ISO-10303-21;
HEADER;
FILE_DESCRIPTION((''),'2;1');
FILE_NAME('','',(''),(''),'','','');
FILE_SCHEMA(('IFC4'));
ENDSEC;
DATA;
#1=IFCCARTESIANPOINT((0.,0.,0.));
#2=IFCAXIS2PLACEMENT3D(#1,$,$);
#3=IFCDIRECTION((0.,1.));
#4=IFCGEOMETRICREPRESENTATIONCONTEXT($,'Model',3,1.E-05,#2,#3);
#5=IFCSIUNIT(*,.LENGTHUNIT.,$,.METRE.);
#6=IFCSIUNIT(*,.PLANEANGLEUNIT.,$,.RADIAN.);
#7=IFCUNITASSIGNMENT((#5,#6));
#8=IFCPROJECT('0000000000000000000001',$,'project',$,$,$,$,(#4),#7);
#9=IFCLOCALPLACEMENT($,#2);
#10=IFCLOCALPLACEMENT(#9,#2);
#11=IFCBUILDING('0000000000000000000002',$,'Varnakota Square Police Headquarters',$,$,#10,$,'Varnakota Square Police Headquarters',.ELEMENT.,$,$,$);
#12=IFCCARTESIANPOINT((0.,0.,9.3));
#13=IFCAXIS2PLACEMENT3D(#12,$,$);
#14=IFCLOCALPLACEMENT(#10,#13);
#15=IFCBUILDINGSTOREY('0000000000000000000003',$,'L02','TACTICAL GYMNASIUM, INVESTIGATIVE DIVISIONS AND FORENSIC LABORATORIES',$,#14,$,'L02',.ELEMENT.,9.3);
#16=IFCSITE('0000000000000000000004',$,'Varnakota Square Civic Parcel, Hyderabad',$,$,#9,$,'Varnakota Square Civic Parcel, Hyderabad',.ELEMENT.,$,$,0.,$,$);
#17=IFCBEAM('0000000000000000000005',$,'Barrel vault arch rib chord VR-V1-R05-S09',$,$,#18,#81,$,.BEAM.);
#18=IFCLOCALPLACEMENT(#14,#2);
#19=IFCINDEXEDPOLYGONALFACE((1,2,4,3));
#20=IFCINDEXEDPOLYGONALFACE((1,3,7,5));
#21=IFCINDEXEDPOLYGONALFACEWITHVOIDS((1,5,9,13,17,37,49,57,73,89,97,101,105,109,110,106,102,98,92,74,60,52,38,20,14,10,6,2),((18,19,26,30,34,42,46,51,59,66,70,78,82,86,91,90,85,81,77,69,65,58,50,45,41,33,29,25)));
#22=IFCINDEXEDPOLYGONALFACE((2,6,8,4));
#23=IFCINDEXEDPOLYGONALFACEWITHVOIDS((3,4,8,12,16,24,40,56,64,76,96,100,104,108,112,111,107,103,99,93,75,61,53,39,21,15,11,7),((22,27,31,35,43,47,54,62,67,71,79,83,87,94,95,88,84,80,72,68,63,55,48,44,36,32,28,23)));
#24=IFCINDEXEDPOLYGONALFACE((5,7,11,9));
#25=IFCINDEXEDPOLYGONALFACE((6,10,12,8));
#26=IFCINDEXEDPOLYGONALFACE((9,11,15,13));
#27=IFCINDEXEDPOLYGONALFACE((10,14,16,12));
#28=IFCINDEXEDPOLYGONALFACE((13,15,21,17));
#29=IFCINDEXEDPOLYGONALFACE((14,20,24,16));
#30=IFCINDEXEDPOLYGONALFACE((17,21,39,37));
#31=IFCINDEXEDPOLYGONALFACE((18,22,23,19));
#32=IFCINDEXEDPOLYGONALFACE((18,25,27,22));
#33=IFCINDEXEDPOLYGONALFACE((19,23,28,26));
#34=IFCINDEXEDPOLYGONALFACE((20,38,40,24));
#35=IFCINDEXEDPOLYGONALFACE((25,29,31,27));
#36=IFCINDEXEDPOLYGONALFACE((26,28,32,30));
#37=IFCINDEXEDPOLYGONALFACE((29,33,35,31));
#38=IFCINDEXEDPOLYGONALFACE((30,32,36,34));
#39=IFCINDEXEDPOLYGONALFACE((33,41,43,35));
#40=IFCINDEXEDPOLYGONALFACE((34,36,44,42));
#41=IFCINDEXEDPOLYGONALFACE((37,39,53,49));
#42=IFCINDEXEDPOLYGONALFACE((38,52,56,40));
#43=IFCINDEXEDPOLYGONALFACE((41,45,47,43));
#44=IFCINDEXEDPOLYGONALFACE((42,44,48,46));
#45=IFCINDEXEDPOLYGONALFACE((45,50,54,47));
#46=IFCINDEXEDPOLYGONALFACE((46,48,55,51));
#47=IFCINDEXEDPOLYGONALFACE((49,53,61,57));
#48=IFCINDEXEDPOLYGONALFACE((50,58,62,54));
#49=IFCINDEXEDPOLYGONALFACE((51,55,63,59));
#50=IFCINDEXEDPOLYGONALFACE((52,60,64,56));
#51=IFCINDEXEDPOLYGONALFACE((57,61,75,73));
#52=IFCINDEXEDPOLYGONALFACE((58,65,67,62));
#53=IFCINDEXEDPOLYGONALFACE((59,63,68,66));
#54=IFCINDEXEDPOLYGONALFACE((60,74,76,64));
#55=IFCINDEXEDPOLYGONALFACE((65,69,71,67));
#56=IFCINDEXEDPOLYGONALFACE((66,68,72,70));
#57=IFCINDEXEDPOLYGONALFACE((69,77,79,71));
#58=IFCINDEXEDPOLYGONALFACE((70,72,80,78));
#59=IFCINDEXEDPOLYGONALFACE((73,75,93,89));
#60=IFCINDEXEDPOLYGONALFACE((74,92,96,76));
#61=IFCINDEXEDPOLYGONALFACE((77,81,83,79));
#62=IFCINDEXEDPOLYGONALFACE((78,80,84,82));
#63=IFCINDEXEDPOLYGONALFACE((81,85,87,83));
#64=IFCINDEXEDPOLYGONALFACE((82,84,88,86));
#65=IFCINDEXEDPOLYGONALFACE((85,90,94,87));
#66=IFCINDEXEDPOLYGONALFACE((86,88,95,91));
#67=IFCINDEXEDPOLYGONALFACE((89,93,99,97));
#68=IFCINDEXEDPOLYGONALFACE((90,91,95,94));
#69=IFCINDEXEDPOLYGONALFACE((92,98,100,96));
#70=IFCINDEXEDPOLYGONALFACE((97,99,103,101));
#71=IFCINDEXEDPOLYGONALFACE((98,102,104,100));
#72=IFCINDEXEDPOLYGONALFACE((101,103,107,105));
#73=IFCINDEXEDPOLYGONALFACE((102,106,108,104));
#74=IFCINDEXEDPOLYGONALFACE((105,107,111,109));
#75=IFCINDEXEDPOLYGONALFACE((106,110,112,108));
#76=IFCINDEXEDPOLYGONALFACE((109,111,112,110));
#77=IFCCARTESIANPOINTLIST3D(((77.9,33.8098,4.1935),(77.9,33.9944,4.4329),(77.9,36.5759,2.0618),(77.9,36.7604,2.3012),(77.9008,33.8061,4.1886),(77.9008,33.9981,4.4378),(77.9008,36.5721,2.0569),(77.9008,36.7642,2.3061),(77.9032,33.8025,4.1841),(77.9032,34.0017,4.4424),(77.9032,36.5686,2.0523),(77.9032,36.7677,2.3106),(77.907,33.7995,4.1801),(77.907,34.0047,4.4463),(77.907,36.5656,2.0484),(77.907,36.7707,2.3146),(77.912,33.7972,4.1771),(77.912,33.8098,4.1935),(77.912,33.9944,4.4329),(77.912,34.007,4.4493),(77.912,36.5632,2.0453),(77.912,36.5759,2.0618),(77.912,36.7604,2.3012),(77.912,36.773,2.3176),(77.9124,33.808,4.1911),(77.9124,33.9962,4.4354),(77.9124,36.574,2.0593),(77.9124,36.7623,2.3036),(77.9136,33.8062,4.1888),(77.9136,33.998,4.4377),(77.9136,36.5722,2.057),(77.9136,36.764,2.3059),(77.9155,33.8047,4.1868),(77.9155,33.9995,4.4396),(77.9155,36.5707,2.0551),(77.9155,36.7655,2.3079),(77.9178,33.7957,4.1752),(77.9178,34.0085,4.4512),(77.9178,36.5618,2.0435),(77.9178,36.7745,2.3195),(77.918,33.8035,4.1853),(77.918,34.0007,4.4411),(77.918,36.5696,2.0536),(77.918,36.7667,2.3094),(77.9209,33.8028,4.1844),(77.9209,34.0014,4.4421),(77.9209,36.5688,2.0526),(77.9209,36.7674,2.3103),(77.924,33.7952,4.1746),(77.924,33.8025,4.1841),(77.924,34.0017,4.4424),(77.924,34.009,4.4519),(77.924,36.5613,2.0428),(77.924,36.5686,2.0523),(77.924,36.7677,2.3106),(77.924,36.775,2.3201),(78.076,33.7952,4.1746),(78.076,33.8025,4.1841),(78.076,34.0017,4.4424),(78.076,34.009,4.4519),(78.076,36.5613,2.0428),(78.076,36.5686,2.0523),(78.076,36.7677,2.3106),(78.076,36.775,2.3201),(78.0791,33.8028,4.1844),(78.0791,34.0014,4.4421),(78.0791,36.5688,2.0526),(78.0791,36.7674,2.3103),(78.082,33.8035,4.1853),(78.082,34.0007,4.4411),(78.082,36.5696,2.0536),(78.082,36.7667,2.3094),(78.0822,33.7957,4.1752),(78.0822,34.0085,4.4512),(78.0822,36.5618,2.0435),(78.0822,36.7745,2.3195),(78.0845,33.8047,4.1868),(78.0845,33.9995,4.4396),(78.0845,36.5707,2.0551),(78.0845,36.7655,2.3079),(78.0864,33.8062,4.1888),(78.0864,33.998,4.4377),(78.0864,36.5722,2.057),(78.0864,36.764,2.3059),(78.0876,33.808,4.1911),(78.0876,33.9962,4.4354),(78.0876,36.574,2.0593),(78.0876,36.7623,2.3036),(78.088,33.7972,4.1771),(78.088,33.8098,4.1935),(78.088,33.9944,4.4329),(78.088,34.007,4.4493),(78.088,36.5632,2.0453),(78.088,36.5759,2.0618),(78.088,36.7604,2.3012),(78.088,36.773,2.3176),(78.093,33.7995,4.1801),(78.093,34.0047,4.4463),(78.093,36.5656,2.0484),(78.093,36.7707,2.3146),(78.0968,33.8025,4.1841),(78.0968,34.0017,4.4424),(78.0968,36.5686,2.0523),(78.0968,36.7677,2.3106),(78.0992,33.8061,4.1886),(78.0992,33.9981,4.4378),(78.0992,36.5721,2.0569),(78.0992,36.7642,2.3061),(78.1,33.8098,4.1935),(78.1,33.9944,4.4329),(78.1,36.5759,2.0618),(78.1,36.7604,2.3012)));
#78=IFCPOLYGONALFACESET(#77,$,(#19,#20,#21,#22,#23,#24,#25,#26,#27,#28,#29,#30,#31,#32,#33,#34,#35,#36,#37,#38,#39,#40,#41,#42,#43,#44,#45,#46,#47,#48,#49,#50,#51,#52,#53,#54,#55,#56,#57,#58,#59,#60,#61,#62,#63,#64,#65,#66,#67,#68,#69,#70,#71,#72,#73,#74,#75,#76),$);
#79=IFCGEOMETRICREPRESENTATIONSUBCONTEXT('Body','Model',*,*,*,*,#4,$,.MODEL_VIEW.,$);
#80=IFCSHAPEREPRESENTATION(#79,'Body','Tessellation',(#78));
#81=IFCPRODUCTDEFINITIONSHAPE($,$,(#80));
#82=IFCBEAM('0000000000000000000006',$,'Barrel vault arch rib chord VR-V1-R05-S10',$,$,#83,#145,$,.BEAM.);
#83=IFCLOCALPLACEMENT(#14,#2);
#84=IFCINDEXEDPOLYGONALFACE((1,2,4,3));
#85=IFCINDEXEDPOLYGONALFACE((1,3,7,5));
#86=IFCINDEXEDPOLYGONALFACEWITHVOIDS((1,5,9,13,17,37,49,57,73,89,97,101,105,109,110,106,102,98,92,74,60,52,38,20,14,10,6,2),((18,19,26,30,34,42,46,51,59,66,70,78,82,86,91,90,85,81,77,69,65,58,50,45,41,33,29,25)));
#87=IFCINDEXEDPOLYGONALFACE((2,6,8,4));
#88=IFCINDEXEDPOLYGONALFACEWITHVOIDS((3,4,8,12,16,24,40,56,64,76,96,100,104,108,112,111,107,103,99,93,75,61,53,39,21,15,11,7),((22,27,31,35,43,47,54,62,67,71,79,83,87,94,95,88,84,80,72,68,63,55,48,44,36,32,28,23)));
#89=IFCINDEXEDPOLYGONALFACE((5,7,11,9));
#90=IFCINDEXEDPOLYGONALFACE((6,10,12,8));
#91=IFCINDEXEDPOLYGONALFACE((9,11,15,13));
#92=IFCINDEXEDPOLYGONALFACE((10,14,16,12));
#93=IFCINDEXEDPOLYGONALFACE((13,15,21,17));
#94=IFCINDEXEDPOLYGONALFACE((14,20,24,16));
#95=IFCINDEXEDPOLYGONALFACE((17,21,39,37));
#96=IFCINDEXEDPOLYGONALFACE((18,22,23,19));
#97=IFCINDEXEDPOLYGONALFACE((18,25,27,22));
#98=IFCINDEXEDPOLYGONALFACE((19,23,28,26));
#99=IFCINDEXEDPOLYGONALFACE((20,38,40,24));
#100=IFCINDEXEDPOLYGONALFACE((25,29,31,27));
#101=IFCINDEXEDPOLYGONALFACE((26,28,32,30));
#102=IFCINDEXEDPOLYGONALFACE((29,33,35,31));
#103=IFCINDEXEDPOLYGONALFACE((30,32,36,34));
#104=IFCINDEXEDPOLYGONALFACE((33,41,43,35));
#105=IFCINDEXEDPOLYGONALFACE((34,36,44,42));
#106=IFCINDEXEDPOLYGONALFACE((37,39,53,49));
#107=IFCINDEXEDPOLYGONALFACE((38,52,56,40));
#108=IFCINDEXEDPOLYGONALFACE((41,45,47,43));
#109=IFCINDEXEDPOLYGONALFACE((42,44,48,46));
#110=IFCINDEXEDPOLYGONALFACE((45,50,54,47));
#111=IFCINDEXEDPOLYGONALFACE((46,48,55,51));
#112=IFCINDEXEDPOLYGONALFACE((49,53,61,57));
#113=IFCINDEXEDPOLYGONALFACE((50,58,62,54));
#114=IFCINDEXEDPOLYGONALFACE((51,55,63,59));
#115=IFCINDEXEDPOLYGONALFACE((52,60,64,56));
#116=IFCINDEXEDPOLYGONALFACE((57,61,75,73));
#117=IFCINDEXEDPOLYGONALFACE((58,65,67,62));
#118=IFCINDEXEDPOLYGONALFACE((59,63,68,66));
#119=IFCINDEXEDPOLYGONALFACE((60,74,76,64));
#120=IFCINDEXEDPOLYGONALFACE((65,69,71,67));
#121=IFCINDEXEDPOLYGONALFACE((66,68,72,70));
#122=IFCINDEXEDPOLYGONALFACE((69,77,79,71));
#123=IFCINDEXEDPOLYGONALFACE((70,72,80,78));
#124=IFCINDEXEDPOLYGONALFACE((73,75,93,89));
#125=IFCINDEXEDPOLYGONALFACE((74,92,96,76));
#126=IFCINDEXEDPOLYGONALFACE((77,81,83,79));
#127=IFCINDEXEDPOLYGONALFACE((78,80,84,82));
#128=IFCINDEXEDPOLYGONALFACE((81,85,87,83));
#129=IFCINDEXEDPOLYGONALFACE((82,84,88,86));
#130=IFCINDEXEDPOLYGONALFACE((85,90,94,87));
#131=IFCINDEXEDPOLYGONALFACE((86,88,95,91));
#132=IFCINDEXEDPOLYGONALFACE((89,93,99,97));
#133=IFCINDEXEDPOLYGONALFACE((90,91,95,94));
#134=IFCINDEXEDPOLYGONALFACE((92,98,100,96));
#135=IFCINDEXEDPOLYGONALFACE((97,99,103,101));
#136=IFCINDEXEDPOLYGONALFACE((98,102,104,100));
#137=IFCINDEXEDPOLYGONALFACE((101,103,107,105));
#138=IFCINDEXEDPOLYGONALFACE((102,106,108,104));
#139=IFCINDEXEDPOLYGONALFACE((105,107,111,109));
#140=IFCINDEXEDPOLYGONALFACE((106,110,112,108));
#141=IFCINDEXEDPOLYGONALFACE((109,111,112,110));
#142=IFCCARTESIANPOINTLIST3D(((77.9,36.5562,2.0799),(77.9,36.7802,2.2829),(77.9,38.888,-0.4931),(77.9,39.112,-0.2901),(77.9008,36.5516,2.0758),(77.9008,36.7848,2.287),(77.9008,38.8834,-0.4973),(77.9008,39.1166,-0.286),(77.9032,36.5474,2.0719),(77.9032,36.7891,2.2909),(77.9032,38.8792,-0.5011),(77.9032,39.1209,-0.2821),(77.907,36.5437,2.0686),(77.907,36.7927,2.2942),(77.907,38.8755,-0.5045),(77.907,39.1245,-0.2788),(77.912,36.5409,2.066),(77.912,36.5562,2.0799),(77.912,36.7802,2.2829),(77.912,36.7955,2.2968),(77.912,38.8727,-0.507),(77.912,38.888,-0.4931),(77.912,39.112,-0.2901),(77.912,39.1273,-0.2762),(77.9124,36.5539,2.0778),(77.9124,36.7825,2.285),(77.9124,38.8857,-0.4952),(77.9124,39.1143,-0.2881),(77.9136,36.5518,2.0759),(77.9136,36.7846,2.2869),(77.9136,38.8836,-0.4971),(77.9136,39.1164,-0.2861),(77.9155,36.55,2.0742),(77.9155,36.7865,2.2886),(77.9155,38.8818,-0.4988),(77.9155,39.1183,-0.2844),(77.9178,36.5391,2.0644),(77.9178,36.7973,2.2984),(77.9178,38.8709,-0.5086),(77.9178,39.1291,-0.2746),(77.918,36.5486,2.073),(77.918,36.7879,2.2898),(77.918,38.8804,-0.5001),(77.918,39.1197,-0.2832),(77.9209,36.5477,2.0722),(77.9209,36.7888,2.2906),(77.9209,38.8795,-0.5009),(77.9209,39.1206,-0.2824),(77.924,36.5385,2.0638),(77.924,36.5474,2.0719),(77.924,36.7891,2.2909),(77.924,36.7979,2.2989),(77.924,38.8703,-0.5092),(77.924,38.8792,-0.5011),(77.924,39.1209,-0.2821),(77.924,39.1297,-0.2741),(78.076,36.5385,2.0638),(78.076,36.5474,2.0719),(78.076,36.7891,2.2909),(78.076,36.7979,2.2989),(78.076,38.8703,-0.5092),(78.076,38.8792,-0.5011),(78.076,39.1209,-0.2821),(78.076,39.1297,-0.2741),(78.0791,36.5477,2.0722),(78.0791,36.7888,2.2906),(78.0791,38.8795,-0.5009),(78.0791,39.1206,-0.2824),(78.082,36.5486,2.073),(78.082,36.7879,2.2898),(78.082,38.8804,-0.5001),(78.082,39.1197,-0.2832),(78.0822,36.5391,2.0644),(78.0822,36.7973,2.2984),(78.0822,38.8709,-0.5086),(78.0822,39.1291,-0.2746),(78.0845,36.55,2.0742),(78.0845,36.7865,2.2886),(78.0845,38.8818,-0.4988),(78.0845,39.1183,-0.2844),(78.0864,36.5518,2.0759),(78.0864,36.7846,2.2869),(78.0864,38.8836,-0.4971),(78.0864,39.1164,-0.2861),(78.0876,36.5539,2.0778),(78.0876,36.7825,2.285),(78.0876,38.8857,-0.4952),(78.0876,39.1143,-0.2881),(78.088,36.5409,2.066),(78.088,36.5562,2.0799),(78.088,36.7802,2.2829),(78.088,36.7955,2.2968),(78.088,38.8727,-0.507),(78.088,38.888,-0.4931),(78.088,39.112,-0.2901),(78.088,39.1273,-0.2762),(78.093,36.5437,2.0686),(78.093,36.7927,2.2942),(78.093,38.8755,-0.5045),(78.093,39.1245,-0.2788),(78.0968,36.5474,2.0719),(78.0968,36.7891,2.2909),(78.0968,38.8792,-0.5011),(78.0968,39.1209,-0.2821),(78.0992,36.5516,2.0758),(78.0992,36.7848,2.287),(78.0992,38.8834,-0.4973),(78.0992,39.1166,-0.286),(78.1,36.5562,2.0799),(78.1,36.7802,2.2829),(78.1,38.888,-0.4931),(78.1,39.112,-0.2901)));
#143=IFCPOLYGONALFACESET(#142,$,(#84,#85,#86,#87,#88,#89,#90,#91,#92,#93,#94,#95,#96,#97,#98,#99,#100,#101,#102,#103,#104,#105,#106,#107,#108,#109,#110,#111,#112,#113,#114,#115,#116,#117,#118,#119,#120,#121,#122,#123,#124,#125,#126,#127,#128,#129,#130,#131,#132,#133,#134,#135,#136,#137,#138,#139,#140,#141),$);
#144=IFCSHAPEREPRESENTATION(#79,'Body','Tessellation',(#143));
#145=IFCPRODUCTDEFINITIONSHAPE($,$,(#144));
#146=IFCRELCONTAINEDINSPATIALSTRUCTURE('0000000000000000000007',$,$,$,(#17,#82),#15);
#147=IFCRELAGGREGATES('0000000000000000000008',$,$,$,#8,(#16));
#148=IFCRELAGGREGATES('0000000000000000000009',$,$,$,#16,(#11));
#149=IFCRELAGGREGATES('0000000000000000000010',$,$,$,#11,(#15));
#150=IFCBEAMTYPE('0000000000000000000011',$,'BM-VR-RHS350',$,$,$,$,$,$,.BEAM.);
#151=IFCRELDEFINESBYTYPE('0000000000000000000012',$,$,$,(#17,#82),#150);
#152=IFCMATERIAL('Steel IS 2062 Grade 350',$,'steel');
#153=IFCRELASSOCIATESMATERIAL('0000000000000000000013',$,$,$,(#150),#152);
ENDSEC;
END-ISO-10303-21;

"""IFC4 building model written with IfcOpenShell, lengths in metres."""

from ifc_helpers import new_model, si_unit, direction, frame, origin, origin_2d, place, context, subcontext, project, spatial, hollow_rectangle, extrude, material, material_profile, profile_set, type_object, element, save


model = new_model("IFC4")

# Units and contexts
model_context = context("Model", 3, precision=1e-05, world=origin(), true_north=direction((0.0, 1.0)))
body_context = subcontext(model_context, "Body", "Model", "MODEL_VIEW")
ifc_project = project(units=[si_unit("LENGTHUNIT", "METRE"), si_unit("PLANEANGLEUNIT", "RADIAN")], contexts=[model_context])

# Site, building, storey
site_placement = place(None, origin())
site = spatial("IfcSite", under=ifc_project, at=site_placement, Name="Varnakota Square Civic Parcel, Hyderabad", LongName="Varnakota Square Civic Parcel, Hyderabad", CompositionType="ELEMENT", RefElevation=0.0)
building_placement = place(site_placement, origin())
building = spatial("IfcBuilding", under=site, at=building_placement, Name="Varnakota Square Police Headquarters", LongName="Varnakota Square Police Headquarters", CompositionType="ELEMENT")
storey_placement = place(building_placement, frame((0.0, 0.0, 9.3)))
storey = spatial("IfcBuildingStorey", under=building, at=storey_placement, Name="L02", Description="TACTICAL GYMNASIUM, INVESTIGATIVE DIVISIONS AND FORENSIC LABORATORIES", LongName="L02", CompositionType="ELEMENT", Elevation=9.3)

# Beams
ifc_material_1 = material(Name="Steel IS 2062 Grade 350", Category="steel")
ifc_material_profile_1 = material_profile(ifc_material_1, hollow_rectangle(XDim=0.2, YDim=0.3501, WallThickness=0.012, InnerFilletRadius=0.012, OuterFilletRadius=0.0239, at=origin_2d()), Name="RHS 350x200x12")
ifc_profile_set_1 = profile_set([ifc_material_profile_1], Name="Steel IS 2062 Grade 350")
beam_type = type_object("IfcBeamType", Name="BM-VR-RHS350", PredefinedType="BEAM", material=ifc_profile_set_1)
beam_1_placement = place(storey_placement, frame((78.0, 33.9021, 4.3132), z_axis=(0.0, 0.792062, -0.61044), x_axis=(-1.0, 0.0, 0.0)))
element("IfcBeam", 1, at=beam_1_placement, inside=storey, type_object=beam_type, Name="Barrel vault arch rib chord VR-V1-R05-S09", PredefinedType="BEAM", context=body_context, shape_type="SweptSolid", body=[
    extrude(hollow_rectangle(XDim=0.2, YDim=0.3501, WallThickness=0.012, InnerFilletRadius=0.012, OuterFilletRadius=0.0239, at=origin_2d()), origin(), (0.0, 0.0, 1.0), 3.4922),
])
beam_2_placement = place(storey_placement, frame((78.0, 36.6682, 2.1814), z_axis=(0.0, 0.671521, -0.740986), x_axis=(-1.0, 0.0, 0.0)))
element("IfcBeam", 2, at=beam_2_placement, inside=storey, type_object=beam_type, Name="Barrel vault arch rib chord VR-V1-R05-S10", PredefinedType="BEAM", context=body_context, shape_type="SweptSolid", body=[
    extrude(hollow_rectangle(XDim=0.2, YDim=0.3501, WallThickness=0.012, InnerFilletRadius=0.012, OuterFilletRadius=0.0239, at=origin_2d()), origin(), (0.0, 0.0, 1.0), 3.4724),
])

save(model, "model.ifc")
